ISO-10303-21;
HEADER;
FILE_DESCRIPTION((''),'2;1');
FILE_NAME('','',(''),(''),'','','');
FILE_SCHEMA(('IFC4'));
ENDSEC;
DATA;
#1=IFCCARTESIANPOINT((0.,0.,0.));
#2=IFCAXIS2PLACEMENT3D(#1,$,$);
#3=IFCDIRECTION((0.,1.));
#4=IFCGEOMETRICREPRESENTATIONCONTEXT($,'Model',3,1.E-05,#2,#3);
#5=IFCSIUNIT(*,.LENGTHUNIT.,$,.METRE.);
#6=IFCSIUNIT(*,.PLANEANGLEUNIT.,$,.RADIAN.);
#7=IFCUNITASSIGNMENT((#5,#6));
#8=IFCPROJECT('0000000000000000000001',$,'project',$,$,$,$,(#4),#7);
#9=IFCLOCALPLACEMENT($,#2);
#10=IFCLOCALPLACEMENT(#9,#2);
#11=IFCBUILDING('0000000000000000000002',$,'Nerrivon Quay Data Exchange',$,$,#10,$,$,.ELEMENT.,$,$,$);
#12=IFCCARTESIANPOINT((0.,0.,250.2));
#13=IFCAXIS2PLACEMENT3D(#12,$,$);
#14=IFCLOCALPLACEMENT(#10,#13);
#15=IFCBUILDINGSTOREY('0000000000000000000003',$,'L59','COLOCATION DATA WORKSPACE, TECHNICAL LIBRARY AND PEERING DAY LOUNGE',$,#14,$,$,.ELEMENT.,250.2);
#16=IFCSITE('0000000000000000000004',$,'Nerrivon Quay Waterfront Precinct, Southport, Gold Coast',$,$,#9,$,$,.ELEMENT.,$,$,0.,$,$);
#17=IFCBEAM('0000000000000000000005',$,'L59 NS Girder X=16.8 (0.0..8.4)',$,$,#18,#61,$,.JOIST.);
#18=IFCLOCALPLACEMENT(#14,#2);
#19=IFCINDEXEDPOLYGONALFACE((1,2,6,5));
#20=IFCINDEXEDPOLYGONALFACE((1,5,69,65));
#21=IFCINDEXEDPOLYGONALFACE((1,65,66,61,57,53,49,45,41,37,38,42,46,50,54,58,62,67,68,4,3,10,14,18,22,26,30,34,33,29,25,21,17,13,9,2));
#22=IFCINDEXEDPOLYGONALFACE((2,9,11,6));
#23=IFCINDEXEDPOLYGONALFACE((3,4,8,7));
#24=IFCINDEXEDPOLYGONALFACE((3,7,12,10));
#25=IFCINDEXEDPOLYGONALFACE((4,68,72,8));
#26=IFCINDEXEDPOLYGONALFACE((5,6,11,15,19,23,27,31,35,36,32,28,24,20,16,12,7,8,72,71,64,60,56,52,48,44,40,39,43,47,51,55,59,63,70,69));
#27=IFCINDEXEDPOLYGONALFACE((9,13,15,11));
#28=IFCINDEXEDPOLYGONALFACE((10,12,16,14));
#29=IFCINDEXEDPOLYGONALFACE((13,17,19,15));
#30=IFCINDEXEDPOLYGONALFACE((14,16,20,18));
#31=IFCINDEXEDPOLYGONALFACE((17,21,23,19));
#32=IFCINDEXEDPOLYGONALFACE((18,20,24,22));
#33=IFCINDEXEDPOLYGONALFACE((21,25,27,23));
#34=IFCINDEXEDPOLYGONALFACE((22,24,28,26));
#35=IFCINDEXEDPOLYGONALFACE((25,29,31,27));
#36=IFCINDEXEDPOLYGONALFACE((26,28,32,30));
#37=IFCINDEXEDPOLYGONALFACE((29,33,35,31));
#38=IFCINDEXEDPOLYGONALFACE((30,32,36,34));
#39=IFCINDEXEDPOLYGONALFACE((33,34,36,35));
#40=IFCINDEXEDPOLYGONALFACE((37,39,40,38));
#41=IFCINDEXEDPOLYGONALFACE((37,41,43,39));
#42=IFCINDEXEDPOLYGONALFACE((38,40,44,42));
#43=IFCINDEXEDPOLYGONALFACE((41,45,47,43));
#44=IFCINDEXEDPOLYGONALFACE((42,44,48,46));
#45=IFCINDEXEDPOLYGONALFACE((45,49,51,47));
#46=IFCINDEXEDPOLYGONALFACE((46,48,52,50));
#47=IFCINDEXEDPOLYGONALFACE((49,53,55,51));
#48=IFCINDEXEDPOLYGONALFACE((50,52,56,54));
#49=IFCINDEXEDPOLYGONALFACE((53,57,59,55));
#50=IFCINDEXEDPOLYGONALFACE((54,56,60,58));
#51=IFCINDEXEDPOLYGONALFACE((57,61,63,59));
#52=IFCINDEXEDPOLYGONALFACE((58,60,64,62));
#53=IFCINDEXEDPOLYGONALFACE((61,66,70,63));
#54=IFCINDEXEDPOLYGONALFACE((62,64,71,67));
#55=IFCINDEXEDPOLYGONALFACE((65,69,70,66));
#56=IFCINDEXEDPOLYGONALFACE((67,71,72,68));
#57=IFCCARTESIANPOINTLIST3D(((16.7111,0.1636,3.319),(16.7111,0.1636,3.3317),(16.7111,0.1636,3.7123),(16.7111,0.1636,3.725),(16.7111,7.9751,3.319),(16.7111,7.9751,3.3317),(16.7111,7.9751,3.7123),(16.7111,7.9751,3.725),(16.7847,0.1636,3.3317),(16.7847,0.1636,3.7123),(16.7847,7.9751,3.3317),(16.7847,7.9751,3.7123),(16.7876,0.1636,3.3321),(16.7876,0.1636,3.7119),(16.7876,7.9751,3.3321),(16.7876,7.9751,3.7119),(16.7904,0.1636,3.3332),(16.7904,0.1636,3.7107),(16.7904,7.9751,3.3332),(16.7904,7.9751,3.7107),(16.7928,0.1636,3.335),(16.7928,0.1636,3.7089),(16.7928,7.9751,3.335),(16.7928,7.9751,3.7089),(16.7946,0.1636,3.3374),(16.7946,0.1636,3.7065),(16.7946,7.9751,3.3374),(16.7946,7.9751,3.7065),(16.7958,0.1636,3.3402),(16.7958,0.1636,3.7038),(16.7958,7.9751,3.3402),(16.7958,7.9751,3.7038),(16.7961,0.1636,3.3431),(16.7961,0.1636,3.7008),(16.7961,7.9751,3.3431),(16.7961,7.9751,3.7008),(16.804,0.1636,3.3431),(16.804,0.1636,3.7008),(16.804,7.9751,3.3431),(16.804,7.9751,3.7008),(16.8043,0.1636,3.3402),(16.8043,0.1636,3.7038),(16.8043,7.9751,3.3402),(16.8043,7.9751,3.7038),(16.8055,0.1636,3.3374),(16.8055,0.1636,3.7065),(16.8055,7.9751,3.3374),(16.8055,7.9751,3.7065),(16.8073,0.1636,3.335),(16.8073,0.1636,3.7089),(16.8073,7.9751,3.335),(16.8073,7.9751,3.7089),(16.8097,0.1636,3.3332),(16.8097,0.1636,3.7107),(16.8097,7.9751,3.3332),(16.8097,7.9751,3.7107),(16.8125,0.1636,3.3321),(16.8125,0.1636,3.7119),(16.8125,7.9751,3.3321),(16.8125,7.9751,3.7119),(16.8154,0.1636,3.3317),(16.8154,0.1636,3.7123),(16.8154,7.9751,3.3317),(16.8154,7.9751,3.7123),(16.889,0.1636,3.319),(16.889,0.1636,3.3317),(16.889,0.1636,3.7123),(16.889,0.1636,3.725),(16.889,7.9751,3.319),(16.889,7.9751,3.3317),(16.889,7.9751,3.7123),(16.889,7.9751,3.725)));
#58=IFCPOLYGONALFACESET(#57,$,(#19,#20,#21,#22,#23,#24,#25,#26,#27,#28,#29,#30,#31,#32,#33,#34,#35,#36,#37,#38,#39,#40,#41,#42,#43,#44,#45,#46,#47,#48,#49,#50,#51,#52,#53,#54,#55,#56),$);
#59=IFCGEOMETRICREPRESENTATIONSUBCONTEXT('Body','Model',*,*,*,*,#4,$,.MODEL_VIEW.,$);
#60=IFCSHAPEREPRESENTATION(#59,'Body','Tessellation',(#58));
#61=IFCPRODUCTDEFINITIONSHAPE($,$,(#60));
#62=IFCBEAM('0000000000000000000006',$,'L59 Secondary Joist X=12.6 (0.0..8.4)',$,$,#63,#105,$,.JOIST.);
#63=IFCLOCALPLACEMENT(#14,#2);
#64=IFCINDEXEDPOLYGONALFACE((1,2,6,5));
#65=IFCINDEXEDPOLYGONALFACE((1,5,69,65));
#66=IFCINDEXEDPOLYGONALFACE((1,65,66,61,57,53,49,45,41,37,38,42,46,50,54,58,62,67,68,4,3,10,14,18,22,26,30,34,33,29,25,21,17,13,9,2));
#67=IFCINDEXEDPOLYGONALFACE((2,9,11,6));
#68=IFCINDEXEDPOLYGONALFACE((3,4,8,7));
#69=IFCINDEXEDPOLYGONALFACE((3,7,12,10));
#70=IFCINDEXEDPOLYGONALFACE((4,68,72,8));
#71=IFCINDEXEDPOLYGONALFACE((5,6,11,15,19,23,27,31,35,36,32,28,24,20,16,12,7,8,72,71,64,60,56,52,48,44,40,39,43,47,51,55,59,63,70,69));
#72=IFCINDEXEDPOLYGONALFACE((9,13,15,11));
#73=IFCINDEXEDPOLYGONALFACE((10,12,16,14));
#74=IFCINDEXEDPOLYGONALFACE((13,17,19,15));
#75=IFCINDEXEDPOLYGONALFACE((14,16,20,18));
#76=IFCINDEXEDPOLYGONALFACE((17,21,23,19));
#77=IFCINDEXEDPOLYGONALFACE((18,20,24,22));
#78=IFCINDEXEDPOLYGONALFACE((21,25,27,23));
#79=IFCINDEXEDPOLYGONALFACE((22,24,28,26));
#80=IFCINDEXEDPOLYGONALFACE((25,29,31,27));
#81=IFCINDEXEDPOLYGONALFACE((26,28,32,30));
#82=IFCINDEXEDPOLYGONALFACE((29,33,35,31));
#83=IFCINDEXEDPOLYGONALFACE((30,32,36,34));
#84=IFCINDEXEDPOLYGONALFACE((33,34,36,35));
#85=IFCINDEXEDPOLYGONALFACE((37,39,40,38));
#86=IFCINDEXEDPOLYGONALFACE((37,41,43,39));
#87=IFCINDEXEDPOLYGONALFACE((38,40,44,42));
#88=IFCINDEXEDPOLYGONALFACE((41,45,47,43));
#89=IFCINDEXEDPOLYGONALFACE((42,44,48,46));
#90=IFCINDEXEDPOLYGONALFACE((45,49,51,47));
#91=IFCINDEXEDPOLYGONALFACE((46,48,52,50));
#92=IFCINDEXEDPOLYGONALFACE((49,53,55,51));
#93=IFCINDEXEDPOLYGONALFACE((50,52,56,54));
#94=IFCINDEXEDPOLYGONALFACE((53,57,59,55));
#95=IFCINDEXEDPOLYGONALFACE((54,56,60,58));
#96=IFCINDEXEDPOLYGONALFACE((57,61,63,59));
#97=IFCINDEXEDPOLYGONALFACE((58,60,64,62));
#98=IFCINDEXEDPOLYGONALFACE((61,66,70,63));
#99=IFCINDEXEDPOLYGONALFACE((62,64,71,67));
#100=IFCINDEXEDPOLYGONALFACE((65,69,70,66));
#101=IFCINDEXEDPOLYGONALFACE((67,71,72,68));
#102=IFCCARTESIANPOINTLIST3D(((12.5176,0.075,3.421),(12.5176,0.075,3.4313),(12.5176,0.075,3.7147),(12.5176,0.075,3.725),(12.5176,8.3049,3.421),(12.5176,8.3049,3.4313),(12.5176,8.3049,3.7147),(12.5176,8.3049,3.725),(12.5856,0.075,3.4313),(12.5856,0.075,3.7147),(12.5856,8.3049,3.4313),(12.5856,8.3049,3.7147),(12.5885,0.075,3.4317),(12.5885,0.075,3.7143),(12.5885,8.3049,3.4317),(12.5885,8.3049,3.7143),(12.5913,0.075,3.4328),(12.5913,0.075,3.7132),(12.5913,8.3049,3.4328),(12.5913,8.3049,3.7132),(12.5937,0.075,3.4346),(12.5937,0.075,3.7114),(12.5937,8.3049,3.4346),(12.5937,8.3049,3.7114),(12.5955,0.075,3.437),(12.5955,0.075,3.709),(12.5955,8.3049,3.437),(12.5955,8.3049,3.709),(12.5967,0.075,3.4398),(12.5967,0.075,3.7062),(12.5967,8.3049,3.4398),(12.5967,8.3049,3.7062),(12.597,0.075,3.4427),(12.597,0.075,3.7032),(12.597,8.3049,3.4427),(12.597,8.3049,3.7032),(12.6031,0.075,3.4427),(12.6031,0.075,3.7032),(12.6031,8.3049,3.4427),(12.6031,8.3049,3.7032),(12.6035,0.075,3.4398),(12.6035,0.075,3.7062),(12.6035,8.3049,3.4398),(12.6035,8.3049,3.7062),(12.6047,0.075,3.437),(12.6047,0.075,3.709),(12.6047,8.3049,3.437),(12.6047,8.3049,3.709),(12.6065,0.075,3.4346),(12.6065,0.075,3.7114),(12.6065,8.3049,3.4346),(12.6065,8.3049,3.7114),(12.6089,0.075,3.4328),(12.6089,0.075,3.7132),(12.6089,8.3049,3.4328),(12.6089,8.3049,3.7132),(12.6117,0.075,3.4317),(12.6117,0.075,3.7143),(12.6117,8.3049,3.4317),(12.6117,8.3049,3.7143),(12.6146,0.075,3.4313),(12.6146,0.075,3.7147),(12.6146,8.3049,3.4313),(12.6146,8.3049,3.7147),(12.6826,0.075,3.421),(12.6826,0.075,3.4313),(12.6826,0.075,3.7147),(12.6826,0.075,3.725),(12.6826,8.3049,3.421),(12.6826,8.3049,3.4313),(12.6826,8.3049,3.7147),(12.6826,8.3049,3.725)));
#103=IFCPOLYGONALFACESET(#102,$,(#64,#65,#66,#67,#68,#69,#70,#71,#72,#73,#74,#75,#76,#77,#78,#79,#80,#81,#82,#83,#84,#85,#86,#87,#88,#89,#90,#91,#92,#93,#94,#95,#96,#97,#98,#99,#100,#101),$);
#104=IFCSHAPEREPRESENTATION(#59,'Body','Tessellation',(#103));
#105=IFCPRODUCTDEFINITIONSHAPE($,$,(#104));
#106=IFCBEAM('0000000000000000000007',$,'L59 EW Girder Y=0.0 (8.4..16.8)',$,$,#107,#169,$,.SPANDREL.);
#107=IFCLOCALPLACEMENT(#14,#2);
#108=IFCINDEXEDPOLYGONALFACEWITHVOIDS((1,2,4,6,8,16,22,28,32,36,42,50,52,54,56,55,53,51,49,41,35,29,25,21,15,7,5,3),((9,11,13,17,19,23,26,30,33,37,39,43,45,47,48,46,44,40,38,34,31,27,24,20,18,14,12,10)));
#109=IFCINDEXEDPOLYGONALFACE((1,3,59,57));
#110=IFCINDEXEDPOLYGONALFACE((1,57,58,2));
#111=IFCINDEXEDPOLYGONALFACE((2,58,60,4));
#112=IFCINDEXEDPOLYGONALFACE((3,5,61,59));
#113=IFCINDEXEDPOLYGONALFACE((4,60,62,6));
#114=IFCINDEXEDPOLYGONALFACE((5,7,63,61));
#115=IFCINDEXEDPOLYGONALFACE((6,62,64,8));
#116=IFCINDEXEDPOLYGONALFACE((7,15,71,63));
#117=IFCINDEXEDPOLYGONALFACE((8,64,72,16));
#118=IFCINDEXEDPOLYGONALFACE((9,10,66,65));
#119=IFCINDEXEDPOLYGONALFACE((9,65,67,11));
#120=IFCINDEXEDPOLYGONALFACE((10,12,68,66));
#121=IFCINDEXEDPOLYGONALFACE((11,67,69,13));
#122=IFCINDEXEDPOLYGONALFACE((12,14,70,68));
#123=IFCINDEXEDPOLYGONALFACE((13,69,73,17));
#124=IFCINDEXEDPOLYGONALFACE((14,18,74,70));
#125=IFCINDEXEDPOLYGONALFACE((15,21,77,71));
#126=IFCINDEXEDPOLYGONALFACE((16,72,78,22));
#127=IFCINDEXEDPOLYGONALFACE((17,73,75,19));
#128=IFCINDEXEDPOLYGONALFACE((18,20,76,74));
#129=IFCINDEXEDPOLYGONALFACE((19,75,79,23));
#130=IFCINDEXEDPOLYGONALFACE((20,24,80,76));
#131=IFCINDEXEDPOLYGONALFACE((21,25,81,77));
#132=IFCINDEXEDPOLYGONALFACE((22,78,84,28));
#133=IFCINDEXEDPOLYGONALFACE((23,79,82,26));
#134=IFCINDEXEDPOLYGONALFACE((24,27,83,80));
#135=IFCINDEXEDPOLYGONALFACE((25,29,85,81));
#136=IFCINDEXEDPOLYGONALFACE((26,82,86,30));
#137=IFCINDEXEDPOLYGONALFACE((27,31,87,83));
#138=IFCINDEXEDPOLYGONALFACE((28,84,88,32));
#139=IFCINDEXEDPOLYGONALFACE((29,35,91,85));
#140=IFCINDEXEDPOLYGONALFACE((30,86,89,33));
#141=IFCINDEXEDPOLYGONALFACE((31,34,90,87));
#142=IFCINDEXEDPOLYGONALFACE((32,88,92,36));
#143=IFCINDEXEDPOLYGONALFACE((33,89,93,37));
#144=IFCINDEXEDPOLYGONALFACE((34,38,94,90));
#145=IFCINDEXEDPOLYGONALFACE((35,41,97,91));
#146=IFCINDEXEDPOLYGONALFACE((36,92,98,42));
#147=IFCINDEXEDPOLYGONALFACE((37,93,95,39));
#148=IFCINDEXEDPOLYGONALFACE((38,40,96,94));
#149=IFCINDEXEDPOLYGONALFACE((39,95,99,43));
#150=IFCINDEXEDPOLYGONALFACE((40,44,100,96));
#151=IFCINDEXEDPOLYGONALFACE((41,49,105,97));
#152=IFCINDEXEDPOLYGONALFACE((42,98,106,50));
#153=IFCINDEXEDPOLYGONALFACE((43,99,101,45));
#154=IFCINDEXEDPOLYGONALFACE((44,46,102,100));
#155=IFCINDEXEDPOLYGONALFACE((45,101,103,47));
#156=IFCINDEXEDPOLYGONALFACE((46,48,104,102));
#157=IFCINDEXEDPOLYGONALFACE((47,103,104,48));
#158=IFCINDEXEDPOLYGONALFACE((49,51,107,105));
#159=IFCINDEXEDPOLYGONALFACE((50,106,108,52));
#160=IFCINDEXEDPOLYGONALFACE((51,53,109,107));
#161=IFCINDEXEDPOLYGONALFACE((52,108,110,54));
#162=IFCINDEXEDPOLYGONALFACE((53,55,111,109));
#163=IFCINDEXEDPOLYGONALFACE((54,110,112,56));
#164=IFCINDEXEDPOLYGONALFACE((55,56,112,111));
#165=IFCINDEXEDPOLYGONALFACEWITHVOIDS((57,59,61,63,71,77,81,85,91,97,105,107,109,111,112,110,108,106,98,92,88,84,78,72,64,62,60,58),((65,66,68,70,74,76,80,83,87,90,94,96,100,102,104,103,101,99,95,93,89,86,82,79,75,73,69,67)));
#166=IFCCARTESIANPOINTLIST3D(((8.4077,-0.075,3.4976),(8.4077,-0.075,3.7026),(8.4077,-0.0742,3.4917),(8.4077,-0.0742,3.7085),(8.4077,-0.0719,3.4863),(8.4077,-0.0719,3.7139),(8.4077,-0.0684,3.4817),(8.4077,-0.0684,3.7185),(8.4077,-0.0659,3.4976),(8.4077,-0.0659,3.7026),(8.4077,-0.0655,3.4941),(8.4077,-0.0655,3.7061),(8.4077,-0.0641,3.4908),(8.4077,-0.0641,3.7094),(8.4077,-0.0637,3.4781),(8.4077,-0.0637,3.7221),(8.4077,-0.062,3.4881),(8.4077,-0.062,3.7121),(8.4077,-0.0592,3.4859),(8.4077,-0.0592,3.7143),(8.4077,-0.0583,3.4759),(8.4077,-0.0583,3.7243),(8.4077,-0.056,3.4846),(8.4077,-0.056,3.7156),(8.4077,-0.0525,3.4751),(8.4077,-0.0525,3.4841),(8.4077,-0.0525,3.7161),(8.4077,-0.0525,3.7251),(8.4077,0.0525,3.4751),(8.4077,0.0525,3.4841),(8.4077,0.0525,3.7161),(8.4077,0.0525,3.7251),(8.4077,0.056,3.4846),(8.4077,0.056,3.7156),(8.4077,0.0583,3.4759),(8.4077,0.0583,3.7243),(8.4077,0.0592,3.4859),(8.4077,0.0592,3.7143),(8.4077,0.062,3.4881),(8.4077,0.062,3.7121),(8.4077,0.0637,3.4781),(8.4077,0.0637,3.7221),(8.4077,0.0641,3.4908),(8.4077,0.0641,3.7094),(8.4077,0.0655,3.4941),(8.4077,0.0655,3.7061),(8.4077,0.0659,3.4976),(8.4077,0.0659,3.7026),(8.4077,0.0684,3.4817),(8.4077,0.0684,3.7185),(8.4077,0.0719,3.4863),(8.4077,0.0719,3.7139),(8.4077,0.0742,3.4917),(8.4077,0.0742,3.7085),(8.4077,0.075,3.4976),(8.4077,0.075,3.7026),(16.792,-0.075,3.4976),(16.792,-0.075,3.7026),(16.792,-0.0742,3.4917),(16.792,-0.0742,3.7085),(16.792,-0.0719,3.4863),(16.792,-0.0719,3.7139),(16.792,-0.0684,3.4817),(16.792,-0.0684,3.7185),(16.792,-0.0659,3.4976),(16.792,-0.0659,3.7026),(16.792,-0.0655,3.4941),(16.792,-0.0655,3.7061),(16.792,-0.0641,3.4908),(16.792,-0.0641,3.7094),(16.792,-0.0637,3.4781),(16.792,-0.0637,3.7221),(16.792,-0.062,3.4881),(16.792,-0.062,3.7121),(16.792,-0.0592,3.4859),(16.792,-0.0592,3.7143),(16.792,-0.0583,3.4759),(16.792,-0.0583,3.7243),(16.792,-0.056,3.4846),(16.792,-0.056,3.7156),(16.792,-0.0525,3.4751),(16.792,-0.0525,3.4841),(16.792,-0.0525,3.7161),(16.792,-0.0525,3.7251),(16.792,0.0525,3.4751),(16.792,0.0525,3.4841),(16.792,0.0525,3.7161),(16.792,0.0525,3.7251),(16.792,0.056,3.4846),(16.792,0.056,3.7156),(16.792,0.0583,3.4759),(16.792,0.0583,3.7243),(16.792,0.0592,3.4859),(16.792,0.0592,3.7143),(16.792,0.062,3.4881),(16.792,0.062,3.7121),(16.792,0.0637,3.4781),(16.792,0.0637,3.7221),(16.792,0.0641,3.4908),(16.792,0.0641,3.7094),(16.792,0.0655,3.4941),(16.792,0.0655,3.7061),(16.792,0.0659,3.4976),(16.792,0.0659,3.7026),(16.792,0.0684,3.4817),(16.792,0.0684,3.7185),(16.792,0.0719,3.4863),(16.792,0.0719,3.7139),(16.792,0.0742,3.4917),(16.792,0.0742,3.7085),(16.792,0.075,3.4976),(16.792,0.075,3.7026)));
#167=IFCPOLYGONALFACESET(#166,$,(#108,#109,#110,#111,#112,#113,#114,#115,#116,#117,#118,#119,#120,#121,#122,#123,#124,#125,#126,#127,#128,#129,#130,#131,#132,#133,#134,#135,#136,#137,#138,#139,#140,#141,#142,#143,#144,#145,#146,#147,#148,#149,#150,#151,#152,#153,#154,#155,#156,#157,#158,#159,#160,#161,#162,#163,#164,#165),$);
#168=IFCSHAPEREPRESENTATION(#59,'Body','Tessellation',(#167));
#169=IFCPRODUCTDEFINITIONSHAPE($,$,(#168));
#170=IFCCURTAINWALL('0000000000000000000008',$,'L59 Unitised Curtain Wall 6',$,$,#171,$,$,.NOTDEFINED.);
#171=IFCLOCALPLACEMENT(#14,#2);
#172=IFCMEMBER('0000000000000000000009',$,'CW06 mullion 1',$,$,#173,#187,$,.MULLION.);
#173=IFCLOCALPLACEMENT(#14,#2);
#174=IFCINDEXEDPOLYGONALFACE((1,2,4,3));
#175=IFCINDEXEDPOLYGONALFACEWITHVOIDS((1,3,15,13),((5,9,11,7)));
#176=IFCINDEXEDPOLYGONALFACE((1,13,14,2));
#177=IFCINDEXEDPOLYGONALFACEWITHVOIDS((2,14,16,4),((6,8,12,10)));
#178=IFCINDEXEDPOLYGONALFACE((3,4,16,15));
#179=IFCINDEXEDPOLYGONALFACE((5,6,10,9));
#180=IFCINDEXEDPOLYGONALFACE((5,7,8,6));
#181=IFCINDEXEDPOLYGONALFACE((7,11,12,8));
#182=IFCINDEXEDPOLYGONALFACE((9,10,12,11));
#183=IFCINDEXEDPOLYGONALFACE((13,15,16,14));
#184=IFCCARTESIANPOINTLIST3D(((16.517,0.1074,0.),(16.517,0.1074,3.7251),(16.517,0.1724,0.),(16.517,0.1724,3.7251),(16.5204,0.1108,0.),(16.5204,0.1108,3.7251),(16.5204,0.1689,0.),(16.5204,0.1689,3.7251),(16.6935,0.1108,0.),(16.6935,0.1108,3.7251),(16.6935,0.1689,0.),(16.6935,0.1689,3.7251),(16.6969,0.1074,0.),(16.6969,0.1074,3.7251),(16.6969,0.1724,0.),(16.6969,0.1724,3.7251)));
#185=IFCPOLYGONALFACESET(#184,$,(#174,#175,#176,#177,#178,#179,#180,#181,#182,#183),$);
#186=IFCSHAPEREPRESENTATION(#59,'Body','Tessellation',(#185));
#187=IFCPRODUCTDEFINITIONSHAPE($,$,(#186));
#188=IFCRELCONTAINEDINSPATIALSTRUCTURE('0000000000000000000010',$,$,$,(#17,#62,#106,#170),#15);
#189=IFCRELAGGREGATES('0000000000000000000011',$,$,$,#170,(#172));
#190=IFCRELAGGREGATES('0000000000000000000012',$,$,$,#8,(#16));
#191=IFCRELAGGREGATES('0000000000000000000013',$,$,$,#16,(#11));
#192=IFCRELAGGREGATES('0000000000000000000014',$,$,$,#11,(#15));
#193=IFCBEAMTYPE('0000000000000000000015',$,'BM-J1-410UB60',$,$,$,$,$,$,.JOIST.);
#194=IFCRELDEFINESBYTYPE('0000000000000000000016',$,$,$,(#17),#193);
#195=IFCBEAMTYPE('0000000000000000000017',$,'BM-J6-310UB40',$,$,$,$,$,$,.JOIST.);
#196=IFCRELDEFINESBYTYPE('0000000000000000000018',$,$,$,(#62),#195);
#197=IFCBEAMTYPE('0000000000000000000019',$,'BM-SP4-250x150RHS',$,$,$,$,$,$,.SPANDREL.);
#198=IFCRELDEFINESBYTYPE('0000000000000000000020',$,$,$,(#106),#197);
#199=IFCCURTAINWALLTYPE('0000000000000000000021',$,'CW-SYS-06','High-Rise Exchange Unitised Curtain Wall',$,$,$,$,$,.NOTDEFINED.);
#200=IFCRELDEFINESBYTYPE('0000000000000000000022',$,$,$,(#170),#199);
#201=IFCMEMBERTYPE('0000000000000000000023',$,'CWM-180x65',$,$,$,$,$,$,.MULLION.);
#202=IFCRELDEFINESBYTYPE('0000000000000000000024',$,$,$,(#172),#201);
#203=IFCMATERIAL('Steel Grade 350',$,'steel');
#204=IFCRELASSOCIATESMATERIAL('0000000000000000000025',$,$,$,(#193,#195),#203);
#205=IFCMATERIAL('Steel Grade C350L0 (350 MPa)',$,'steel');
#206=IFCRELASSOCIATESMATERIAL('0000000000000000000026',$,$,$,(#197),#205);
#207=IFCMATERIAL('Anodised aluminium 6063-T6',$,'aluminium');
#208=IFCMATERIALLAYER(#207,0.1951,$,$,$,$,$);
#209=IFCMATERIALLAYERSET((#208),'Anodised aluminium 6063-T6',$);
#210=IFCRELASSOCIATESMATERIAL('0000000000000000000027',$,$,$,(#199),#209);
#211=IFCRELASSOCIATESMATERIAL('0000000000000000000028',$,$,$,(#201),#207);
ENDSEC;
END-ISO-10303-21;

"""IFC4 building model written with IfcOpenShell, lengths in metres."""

from ifc_helpers import new_model, si_unit, direction, frame, origin, origin_2d, place, context, subcontext, project, spatial, hollow_rectangle, i_section, extrude, material, layer, layer_set, material_profile, profile_set, type_object, element, aggregate, save


model = new_model("IFC4")

# Units and contexts
model_context = context("Model", 3, precision=1e-05, world=origin(), true_north=direction((0.0, 1.0)))
body_context = subcontext(model_context, "Body", "Model", "MODEL_VIEW")
ifc_project = project(units=[si_unit("LENGTHUNIT", "METRE"), si_unit("PLANEANGLEUNIT", "RADIAN")], contexts=[model_context])

# Site, building, storey
site_placement = place(None, origin())
site = spatial("IfcSite", under=ifc_project, at=site_placement, Name="Nerrivon Quay Waterfront Precinct, Southport, Gold Coast", CompositionType="ELEMENT", RefElevation=0.0)
building_placement = place(site_placement, origin())
building = spatial("IfcBuilding", under=site, at=building_placement, Name="Nerrivon Quay Data Exchange", CompositionType="ELEMENT")
storey_placement = place(building_placement, frame((0.0, 0.0, 250.2)))
storey = spatial("IfcBuildingStorey", under=building, at=storey_placement, Name="L59", Description="COLOCATION DATA WORKSPACE, TECHNICAL LIBRARY AND PEERING DAY LOUNGE", CompositionType="ELEMENT", Elevation=250.2)

# Shared definitions
ifc_material_1 = material(Name="Steel Grade 350", Category="steel")

# Beams
ifc_material_profile_1 = material_profile(ifc_material_1, i_section(OverallWidth=0.178, OverallDepth=0.406, WebThickness=0.0078, FlangeThickness=0.0127, FilletRadius=0.0115, at=origin_2d()), Name="410UB59.7")
ifc_profile_set_1 = profile_set([ifc_material_profile_1], Name="Steel Grade 350")
beam_type_1 = type_object("IfcBeamType", Name="BM-J1-410UB60", PredefinedType="JOIST", material=ifc_profile_set_1)
beam_1_placement = place(storey_placement, frame((16.8, 0.1636, 3.522), z_axis=(0.0, 1.0, 0.0), x_axis=(-1.0, 0.0, 0.0)))
element("IfcBeam", 1, at=beam_1_placement, inside=storey, type_object=beam_type_1, Name="L59 NS Girder X=16.8 (0.0..8.4)", PredefinedType="JOIST", context=body_context, shape_type="SweptSolid", body=[
    extrude(i_section(OverallWidth=0.178, OverallDepth=0.406, WebThickness=0.0078, FlangeThickness=0.0127, FilletRadius=0.0115, at=origin_2d()), origin(), (0.0, 0.0, 1.0), 7.8115),
])
ifc_material_profile_2 = material_profile(ifc_material_1, i_section(OverallWidth=0.165, OverallDepth=0.304, WebThickness=0.0061, FlangeThickness=0.0103, FilletRadius=0.0115, at=origin_2d()), Name="310UB40.4")
ifc_profile_set_2 = profile_set([ifc_material_profile_2], Name="Steel Grade 350")
beam_type_2 = type_object("IfcBeamType", Name="BM-J6-310UB40", PredefinedType="JOIST", material=ifc_profile_set_2)
beam_2_placement = place(storey_placement, frame((12.6001, 0.075, 3.573), z_axis=(0.0, 1.0, 0.0), x_axis=(-1.0, 0.0, 0.0)))
element("IfcBeam", 2, at=beam_2_placement, inside=storey, type_object=beam_type_2, Name="L59 Secondary Joist X=12.6 (0.0..8.4)", PredefinedType="JOIST", context=body_context, shape_type="SweptSolid", body=[
    extrude(i_section(OverallWidth=0.165, OverallDepth=0.304, WebThickness=0.0061, FlangeThickness=0.0103, FilletRadius=0.0115, at=origin_2d()), origin(), (0.0, 0.0, 1.0), 8.23),
])
ifc_material_2 = material(Name="Steel Grade C350L0 (350 MPa)", Category="steel")
ifc_material_profile_3 = material_profile(ifc_material_2, hollow_rectangle(XDim=0.1499, YDim=0.25, WallThickness=0.009, InnerFilletRadius=0.0134, OuterFilletRadius=0.0225, at=origin_2d()), Name="250x150x9.0RHS")
ifc_profile_set_3 = profile_set([ifc_material_profile_3], Name="Steel Grade C350L0 (350 MPa)")
beam_type_3 = type_object("IfcBeamType", Name="BM-SP4-250x150RHS", PredefinedType="SPANDREL", material=ifc_profile_set_3)
beam_3_placement = place(storey_placement, frame((8.4077, 0.0, 3.6001), z_axis=(1.0, 0.0, 0.0), x_axis=(0.0, 1.0, 0.0)))
element("IfcBeam", 3, at=beam_3_placement, inside=storey, type_object=beam_type_3, Name="L59 EW Girder Y=0.0 (8.4..16.8)", PredefinedType="SPANDREL", context=body_context, shape_type="SweptSolid", body=[
    extrude(hollow_rectangle(XDim=0.1499, YDim=0.25, WallThickness=0.009, InnerFilletRadius=0.0134, OuterFilletRadius=0.0225, at=origin_2d()), origin(), (0.0, 0.0, 1.0), 8.3843),
])

# Curtain wall, member
ifc_material_3 = material(Name="Anodised aluminium 6063-T6", Category="aluminium")
ifc_layer_1 = layer(ifc_material_3, 0.1951)
ifc_layer_set_1 = layer_set([ifc_layer_1], Name="Anodised aluminium 6063-T6")
curtain_wall_type = type_object("IfcCurtainWallType", Name="CW-SYS-06", Description="High-Rise Exchange Unitised Curtain Wall", PredefinedType="NOTDEFINED", material=ifc_layer_set_1)
curtain_wall_1_placement = place(storey_placement, origin())
curtain_wall_1 = element("IfcCurtainWall", 4, at=curtain_wall_1_placement, inside=storey, type_object=curtain_wall_type, Name="L59 Unitised Curtain Wall 6", PredefinedType="NOTDEFINED")
ifc_material_profile_4 = material_profile(ifc_material_3, hollow_rectangle(XDim=0.0649, YDim=0.1799, WallThickness=0.0034, at=origin_2d()), Name="ALU-MULL-180x65")
ifc_profile_set_4 = profile_set([ifc_material_profile_4], Name="Anodised aluminium 6063-T6")
member_type_1 = type_object("IfcMemberType", Name="CWM-180x65", PredefinedType="MULLION", material=ifc_profile_set_4)
member_1_placement = place(storey_placement, frame((16.6069, 0.1399, 0.0), z_axis=(0.0, 0.0, 1.0), x_axis=(0.0, -1.0, 0.0)))
member_1 = element("IfcMember", 5, at=member_1_placement, type_object=member_type_1, Name="CW06 mullion 1", PredefinedType="MULLION", context=body_context, shape_type="SweptSolid", body=[
    extrude(hollow_rectangle(XDim=0.0649, YDim=0.1799, WallThickness=0.0034, at=origin_2d()), origin(), (0.0, 0.0, 1.0), 3.7251),
])

aggregate(curtain_wall_1, [member_1])

save(model, "model.ifc")
